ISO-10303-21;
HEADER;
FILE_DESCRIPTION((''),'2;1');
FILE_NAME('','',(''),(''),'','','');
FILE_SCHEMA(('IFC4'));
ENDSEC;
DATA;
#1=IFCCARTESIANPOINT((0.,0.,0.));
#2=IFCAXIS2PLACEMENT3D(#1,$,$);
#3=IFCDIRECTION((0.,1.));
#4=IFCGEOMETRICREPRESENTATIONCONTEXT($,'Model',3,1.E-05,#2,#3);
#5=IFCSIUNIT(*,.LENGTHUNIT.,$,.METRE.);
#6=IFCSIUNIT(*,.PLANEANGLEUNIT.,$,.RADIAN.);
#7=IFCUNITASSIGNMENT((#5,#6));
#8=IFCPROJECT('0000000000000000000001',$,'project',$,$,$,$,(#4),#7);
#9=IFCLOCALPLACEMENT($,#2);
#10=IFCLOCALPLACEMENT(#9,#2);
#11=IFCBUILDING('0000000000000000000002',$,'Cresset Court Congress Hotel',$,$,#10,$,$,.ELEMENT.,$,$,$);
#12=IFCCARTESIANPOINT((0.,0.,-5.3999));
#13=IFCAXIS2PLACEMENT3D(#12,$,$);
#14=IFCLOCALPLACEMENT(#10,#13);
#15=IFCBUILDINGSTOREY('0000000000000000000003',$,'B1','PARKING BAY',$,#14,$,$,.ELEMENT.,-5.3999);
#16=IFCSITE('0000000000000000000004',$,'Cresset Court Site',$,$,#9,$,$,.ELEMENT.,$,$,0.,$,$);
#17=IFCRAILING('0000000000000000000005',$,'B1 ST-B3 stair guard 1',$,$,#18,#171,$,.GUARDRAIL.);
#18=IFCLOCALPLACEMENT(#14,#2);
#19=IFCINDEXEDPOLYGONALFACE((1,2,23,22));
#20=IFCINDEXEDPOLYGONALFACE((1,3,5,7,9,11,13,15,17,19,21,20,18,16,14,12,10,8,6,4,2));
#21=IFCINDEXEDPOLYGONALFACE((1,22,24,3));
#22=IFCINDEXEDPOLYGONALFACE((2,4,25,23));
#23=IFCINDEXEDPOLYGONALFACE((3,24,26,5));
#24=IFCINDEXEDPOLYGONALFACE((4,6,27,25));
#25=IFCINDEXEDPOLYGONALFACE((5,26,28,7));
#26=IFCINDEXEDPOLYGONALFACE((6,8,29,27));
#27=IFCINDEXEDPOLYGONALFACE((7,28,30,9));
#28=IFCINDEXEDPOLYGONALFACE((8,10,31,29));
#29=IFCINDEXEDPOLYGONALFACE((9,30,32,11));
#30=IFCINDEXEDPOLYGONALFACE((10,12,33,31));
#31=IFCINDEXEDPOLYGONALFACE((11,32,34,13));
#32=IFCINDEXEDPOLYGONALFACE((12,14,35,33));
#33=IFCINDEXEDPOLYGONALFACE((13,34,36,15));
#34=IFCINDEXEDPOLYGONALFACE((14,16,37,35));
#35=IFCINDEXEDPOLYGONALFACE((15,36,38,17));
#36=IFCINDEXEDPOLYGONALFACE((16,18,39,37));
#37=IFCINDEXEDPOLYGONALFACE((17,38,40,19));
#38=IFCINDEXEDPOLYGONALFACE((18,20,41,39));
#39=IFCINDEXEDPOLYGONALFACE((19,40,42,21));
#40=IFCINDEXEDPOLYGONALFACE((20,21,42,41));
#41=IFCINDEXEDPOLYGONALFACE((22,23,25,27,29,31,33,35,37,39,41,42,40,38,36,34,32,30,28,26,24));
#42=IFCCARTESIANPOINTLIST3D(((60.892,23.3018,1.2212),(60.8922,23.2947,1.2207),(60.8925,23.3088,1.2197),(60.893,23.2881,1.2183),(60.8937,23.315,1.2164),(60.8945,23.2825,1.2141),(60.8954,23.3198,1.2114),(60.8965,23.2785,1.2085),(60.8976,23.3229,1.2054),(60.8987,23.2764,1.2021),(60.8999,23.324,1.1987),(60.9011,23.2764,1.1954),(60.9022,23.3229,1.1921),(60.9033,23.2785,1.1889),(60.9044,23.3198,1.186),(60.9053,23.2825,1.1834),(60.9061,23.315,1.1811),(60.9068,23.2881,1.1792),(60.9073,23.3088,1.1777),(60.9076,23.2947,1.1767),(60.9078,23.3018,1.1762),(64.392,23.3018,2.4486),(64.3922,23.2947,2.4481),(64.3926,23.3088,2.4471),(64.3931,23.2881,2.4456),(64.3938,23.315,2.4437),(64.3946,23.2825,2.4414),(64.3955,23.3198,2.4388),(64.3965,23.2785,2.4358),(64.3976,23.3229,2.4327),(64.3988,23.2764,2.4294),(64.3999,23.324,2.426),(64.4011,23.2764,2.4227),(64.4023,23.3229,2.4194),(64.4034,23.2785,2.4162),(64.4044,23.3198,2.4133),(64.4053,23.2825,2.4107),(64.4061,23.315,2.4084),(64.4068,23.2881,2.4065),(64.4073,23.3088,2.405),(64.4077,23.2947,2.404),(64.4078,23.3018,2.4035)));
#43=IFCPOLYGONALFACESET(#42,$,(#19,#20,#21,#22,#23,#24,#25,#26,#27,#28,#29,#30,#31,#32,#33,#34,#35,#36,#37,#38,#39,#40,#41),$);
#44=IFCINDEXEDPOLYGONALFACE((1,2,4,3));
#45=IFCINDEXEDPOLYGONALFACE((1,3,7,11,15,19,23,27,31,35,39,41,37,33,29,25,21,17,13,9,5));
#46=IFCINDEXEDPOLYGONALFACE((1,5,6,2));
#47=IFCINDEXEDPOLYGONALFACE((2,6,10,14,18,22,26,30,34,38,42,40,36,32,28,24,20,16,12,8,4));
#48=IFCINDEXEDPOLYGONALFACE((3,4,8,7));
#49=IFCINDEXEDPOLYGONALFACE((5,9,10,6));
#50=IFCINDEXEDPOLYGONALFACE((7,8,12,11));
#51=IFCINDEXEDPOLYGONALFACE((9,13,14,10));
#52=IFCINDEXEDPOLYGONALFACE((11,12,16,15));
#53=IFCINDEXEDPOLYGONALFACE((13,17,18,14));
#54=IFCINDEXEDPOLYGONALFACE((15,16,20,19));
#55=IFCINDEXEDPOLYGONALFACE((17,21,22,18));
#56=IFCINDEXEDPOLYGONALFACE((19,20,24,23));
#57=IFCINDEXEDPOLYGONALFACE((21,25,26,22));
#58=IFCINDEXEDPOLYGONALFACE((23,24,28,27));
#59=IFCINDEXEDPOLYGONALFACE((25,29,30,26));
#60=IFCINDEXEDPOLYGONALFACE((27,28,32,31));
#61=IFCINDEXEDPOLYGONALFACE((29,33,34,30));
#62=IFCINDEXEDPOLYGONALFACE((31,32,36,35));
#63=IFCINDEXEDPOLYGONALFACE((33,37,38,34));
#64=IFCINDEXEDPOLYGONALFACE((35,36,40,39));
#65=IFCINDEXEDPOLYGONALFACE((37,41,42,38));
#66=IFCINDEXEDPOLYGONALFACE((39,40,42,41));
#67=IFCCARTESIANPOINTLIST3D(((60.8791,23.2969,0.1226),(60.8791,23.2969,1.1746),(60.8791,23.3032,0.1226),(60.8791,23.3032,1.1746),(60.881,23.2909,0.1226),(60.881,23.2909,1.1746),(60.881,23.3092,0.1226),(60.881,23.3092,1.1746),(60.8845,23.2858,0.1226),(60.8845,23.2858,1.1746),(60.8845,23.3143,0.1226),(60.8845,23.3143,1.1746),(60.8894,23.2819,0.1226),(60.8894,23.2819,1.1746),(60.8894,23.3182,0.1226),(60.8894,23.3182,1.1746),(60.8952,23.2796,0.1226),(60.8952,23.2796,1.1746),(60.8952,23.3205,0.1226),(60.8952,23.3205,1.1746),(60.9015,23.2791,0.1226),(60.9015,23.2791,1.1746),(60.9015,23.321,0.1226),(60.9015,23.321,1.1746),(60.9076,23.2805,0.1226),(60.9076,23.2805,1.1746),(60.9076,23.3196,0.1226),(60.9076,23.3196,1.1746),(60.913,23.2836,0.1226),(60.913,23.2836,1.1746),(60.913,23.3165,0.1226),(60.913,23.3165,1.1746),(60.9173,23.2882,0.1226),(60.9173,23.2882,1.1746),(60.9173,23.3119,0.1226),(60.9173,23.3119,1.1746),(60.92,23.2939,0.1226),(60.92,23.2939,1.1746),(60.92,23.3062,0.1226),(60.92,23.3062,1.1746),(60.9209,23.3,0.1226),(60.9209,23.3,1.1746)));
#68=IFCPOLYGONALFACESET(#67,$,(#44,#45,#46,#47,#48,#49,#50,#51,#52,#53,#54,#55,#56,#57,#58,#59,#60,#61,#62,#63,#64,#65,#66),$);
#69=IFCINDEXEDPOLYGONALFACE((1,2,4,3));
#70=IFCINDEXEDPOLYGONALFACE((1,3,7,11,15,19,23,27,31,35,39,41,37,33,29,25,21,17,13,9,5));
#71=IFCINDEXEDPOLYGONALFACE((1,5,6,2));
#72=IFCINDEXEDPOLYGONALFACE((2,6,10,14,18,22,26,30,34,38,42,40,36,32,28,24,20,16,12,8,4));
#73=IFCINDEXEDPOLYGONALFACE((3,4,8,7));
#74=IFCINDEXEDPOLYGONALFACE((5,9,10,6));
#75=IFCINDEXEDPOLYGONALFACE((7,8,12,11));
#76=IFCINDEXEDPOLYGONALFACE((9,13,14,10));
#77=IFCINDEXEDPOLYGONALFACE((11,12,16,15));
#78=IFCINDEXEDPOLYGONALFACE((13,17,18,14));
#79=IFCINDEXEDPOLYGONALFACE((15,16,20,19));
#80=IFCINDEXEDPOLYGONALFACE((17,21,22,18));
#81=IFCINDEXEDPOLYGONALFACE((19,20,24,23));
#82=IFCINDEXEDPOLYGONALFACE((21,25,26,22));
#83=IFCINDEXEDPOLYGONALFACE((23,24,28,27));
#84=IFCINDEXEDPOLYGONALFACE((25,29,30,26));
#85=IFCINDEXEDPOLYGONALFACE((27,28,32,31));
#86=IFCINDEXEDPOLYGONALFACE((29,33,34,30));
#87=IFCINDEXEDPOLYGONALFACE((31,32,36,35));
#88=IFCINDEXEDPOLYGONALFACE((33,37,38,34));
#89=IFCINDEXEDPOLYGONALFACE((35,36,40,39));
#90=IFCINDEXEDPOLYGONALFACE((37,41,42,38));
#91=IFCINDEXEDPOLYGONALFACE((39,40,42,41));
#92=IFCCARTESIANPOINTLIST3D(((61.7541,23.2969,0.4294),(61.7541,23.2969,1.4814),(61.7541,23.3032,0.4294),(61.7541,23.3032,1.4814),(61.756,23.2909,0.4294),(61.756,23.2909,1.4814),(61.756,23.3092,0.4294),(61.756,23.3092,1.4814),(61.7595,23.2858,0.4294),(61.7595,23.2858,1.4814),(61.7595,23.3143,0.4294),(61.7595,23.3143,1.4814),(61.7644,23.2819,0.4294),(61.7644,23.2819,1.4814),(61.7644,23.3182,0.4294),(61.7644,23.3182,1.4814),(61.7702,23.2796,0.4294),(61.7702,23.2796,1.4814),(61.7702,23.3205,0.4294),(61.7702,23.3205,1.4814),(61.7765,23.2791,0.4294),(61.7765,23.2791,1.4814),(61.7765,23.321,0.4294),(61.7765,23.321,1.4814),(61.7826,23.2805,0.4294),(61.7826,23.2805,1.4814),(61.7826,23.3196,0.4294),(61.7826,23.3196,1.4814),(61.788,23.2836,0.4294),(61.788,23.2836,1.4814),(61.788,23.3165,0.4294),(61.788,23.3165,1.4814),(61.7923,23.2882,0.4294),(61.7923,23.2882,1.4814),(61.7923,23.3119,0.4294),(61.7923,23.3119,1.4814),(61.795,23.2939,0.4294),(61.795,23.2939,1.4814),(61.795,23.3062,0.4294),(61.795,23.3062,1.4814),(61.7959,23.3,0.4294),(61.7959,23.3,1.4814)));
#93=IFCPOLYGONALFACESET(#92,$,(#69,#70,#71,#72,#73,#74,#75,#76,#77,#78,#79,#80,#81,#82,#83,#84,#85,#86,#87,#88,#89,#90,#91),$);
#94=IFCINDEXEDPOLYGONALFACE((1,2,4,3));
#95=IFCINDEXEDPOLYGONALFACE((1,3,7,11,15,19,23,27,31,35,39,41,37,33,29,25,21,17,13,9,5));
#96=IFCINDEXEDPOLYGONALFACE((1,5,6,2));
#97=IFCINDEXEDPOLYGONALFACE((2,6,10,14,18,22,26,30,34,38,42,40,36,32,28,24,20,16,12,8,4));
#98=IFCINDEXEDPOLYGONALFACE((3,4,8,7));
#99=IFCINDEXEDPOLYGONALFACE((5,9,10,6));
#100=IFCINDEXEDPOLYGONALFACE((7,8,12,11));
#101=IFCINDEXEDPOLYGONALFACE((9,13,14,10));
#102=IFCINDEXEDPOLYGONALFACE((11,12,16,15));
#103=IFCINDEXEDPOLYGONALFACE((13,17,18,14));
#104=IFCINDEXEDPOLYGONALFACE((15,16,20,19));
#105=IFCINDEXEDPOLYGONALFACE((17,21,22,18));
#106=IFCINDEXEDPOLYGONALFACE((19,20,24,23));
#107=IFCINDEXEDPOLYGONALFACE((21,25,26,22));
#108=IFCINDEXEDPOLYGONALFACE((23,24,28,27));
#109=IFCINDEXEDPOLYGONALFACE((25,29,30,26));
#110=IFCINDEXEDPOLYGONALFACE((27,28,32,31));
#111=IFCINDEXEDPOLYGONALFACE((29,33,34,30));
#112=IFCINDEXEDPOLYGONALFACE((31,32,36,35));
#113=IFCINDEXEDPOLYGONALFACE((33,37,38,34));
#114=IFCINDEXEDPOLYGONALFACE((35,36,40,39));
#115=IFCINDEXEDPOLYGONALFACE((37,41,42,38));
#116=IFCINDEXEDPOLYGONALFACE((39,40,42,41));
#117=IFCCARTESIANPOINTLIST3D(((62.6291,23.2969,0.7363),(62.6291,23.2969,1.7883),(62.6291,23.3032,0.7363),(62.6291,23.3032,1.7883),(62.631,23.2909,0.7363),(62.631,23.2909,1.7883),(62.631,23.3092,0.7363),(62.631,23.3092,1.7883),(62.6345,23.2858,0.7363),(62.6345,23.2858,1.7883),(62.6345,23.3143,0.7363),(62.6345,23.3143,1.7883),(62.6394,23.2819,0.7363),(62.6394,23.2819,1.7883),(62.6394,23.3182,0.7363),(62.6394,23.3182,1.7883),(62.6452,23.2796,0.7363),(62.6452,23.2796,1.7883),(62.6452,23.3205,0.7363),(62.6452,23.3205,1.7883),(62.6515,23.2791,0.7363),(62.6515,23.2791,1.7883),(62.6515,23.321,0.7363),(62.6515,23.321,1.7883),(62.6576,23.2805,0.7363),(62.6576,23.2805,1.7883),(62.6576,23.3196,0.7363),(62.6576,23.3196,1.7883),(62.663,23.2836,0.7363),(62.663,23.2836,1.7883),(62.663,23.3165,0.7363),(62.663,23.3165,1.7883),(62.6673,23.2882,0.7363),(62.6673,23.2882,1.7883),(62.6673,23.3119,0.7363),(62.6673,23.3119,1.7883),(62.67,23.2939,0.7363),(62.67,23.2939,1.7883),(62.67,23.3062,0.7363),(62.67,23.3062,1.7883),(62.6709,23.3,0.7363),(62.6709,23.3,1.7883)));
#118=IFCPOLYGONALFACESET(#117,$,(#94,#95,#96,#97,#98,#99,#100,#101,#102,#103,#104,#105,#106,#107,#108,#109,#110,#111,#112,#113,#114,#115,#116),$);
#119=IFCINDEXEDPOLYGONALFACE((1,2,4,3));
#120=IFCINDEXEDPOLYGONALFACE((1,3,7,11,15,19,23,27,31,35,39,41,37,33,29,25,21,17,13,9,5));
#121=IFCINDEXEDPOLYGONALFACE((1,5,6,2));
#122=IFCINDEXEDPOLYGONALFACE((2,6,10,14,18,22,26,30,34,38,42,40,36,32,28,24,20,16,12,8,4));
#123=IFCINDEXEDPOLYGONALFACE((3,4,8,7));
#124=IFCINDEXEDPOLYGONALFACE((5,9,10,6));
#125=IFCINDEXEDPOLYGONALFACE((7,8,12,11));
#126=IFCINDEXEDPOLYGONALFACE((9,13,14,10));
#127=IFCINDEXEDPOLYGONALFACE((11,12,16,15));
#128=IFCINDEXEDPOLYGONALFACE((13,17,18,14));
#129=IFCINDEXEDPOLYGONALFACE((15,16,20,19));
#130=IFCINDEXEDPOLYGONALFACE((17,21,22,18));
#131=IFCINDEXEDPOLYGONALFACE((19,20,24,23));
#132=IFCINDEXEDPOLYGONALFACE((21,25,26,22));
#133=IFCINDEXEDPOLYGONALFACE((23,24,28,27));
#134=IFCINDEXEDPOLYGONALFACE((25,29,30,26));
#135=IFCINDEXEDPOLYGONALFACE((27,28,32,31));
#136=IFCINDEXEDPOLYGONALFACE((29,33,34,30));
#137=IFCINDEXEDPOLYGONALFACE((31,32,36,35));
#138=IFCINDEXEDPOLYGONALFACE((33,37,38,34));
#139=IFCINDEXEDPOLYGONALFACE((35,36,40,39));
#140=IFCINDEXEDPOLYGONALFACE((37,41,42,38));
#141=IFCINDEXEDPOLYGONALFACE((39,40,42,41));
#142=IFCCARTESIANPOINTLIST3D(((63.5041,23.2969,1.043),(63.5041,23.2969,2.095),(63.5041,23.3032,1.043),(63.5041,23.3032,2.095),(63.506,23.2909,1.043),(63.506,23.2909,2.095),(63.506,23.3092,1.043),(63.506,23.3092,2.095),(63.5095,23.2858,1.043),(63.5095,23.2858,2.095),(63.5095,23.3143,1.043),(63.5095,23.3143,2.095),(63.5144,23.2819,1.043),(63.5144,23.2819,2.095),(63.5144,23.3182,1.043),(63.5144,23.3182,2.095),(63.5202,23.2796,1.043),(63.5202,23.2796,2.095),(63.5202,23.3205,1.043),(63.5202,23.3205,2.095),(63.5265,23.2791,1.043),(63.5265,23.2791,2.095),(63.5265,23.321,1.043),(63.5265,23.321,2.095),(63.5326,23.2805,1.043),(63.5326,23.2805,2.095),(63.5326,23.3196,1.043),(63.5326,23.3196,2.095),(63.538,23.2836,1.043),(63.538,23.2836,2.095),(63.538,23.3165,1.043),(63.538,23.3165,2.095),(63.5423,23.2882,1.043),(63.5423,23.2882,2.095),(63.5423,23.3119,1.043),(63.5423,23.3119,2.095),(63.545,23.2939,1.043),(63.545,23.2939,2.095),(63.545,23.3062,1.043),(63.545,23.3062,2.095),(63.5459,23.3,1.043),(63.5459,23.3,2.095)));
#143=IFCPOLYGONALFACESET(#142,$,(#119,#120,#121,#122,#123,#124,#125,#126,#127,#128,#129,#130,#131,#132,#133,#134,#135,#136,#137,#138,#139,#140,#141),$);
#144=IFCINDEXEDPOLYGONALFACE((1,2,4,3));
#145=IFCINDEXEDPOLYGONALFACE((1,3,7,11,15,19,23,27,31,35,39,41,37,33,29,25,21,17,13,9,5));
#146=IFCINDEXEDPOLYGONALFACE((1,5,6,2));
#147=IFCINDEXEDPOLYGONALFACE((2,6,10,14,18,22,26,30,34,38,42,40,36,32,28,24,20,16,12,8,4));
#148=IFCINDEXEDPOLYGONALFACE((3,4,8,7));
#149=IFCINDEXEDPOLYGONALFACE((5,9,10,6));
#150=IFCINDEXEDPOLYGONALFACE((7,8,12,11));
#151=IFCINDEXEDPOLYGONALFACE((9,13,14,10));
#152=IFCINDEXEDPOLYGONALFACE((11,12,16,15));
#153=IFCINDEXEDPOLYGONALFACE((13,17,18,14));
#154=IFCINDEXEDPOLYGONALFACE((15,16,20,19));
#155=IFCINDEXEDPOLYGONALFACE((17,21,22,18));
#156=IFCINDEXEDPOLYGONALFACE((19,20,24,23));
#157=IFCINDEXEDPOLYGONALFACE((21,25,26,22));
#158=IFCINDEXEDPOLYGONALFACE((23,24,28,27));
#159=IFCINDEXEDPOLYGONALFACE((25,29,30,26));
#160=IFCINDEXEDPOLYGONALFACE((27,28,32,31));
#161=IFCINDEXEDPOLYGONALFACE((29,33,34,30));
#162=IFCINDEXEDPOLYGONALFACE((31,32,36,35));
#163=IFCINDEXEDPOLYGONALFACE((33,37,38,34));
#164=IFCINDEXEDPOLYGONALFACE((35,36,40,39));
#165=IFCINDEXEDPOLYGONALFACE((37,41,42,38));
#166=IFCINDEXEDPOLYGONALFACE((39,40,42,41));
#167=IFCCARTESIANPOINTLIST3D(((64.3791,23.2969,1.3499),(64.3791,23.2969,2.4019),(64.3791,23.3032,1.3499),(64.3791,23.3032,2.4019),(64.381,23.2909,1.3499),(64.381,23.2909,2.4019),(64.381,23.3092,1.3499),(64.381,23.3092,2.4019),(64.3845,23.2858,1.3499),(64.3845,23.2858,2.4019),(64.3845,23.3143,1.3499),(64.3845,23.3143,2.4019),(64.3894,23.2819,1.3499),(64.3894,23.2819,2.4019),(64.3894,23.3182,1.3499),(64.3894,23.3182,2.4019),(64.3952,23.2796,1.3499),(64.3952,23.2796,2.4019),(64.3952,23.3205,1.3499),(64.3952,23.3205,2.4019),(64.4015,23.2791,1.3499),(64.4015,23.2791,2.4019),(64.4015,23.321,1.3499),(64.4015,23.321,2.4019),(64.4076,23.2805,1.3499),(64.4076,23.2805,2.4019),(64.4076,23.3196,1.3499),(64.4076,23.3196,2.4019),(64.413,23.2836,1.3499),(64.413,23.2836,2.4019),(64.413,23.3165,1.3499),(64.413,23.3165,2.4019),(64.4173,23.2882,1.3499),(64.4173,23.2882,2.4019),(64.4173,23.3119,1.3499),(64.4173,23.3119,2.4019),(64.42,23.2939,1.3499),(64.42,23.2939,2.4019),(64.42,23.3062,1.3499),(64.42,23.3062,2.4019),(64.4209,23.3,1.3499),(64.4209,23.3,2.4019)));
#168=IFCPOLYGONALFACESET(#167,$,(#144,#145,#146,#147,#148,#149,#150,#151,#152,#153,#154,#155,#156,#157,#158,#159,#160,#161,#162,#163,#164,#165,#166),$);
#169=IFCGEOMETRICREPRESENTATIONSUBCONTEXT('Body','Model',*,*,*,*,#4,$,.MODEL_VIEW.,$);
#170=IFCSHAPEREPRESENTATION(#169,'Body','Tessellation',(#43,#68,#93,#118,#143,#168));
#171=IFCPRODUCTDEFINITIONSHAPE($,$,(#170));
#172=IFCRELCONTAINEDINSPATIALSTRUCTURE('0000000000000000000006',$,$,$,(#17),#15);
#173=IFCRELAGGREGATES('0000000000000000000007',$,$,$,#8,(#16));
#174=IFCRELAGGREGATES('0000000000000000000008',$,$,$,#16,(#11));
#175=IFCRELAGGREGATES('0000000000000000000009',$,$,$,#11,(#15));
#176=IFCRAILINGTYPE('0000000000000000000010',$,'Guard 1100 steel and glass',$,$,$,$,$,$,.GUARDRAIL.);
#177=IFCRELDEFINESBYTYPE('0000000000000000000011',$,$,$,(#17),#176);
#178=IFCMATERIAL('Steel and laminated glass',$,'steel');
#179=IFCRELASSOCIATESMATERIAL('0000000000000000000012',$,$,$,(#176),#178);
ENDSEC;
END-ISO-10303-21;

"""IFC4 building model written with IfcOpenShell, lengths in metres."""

from ifc_helpers import new_model, si_unit, direction, frame, origin, origin_2d, place, context, subcontext, project, spatial, circle, extrude, material, type_object, element, save


model = new_model("IFC4")

# Units and contexts
model_context = context("Model", 3, precision=1e-05, world=origin(), true_north=direction((0.0, 1.0)))
body_context = subcontext(model_context, "Body", "Model", "MODEL_VIEW")
ifc_project = project(units=[si_unit("LENGTHUNIT", "METRE"), si_unit("PLANEANGLEUNIT", "RADIAN")], contexts=[model_context])

# Site, building, storey
site_placement = place(None, origin())
site = spatial("IfcSite", under=ifc_project, at=site_placement, Name="Cresset Court Site", CompositionType="ELEMENT", RefElevation=0.0)
building_placement = place(site_placement, origin())
building = spatial("IfcBuilding", under=site, at=building_placement, Name="Cresset Court Congress Hotel", CompositionType="ELEMENT")
storey_placement = place(building_placement, frame((0.0, 0.0, -5.3999)))
storey = spatial("IfcBuildingStorey", under=building, at=storey_placement, Name="B1", Description="PARKING BAY", CompositionType="ELEMENT", Elevation=-5.3999)

# Railing
ifc_material_1 = material(Name="Steel and laminated glass", Category="steel")
railing_type_1 = type_object("IfcRailingType", Name="Guard 1100 steel and glass", PredefinedType="GUARDRAIL", material=ifc_material_1)
railing_1_placement = place(storey_placement, frame((60.8999, 23.3, 0.1226)))
element("IfcRailing", 1, at=railing_1_placement, inside=storey, type_object=railing_type_1, Name="B1 ST-B3 stair guard 1", PredefinedType="GUARDRAIL", context=body_context, shape_type="SweptSolid", body=[
    extrude(circle(Radius=0.0239, at=origin_2d()), frame((0.0, 0.0, 1.0762), z_axis=(0.943665, 0.0, 0.330902), x_axis=(0.0, 1.0, 0.0)), (0.0, 0.0, 1.0), 3.709),
    extrude(circle(Radius=0.021, at=origin_2d()), origin(), (0.0, 0.0, 1.0), 1.052),
    extrude(circle(Radius=0.021, at=origin_2d()), frame((0.875, 0.0, 0.3069)), (0.0, 0.0, 1.0), 1.052),
    extrude(circle(Radius=0.021, at=origin_2d()), frame((1.75, 0.0, 0.6138)), (0.0, 0.0, 1.0), 1.052),
    extrude(circle(Radius=0.021, at=origin_2d()), frame((2.625, 0.0, 0.9204)), (0.0, 0.0, 1.0), 1.052),
    extrude(circle(Radius=0.021, at=origin_2d()), frame((3.5, 0.0, 1.2273)), (0.0, 0.0, 1.0), 1.052),
])

save(model, "model.ifc")
